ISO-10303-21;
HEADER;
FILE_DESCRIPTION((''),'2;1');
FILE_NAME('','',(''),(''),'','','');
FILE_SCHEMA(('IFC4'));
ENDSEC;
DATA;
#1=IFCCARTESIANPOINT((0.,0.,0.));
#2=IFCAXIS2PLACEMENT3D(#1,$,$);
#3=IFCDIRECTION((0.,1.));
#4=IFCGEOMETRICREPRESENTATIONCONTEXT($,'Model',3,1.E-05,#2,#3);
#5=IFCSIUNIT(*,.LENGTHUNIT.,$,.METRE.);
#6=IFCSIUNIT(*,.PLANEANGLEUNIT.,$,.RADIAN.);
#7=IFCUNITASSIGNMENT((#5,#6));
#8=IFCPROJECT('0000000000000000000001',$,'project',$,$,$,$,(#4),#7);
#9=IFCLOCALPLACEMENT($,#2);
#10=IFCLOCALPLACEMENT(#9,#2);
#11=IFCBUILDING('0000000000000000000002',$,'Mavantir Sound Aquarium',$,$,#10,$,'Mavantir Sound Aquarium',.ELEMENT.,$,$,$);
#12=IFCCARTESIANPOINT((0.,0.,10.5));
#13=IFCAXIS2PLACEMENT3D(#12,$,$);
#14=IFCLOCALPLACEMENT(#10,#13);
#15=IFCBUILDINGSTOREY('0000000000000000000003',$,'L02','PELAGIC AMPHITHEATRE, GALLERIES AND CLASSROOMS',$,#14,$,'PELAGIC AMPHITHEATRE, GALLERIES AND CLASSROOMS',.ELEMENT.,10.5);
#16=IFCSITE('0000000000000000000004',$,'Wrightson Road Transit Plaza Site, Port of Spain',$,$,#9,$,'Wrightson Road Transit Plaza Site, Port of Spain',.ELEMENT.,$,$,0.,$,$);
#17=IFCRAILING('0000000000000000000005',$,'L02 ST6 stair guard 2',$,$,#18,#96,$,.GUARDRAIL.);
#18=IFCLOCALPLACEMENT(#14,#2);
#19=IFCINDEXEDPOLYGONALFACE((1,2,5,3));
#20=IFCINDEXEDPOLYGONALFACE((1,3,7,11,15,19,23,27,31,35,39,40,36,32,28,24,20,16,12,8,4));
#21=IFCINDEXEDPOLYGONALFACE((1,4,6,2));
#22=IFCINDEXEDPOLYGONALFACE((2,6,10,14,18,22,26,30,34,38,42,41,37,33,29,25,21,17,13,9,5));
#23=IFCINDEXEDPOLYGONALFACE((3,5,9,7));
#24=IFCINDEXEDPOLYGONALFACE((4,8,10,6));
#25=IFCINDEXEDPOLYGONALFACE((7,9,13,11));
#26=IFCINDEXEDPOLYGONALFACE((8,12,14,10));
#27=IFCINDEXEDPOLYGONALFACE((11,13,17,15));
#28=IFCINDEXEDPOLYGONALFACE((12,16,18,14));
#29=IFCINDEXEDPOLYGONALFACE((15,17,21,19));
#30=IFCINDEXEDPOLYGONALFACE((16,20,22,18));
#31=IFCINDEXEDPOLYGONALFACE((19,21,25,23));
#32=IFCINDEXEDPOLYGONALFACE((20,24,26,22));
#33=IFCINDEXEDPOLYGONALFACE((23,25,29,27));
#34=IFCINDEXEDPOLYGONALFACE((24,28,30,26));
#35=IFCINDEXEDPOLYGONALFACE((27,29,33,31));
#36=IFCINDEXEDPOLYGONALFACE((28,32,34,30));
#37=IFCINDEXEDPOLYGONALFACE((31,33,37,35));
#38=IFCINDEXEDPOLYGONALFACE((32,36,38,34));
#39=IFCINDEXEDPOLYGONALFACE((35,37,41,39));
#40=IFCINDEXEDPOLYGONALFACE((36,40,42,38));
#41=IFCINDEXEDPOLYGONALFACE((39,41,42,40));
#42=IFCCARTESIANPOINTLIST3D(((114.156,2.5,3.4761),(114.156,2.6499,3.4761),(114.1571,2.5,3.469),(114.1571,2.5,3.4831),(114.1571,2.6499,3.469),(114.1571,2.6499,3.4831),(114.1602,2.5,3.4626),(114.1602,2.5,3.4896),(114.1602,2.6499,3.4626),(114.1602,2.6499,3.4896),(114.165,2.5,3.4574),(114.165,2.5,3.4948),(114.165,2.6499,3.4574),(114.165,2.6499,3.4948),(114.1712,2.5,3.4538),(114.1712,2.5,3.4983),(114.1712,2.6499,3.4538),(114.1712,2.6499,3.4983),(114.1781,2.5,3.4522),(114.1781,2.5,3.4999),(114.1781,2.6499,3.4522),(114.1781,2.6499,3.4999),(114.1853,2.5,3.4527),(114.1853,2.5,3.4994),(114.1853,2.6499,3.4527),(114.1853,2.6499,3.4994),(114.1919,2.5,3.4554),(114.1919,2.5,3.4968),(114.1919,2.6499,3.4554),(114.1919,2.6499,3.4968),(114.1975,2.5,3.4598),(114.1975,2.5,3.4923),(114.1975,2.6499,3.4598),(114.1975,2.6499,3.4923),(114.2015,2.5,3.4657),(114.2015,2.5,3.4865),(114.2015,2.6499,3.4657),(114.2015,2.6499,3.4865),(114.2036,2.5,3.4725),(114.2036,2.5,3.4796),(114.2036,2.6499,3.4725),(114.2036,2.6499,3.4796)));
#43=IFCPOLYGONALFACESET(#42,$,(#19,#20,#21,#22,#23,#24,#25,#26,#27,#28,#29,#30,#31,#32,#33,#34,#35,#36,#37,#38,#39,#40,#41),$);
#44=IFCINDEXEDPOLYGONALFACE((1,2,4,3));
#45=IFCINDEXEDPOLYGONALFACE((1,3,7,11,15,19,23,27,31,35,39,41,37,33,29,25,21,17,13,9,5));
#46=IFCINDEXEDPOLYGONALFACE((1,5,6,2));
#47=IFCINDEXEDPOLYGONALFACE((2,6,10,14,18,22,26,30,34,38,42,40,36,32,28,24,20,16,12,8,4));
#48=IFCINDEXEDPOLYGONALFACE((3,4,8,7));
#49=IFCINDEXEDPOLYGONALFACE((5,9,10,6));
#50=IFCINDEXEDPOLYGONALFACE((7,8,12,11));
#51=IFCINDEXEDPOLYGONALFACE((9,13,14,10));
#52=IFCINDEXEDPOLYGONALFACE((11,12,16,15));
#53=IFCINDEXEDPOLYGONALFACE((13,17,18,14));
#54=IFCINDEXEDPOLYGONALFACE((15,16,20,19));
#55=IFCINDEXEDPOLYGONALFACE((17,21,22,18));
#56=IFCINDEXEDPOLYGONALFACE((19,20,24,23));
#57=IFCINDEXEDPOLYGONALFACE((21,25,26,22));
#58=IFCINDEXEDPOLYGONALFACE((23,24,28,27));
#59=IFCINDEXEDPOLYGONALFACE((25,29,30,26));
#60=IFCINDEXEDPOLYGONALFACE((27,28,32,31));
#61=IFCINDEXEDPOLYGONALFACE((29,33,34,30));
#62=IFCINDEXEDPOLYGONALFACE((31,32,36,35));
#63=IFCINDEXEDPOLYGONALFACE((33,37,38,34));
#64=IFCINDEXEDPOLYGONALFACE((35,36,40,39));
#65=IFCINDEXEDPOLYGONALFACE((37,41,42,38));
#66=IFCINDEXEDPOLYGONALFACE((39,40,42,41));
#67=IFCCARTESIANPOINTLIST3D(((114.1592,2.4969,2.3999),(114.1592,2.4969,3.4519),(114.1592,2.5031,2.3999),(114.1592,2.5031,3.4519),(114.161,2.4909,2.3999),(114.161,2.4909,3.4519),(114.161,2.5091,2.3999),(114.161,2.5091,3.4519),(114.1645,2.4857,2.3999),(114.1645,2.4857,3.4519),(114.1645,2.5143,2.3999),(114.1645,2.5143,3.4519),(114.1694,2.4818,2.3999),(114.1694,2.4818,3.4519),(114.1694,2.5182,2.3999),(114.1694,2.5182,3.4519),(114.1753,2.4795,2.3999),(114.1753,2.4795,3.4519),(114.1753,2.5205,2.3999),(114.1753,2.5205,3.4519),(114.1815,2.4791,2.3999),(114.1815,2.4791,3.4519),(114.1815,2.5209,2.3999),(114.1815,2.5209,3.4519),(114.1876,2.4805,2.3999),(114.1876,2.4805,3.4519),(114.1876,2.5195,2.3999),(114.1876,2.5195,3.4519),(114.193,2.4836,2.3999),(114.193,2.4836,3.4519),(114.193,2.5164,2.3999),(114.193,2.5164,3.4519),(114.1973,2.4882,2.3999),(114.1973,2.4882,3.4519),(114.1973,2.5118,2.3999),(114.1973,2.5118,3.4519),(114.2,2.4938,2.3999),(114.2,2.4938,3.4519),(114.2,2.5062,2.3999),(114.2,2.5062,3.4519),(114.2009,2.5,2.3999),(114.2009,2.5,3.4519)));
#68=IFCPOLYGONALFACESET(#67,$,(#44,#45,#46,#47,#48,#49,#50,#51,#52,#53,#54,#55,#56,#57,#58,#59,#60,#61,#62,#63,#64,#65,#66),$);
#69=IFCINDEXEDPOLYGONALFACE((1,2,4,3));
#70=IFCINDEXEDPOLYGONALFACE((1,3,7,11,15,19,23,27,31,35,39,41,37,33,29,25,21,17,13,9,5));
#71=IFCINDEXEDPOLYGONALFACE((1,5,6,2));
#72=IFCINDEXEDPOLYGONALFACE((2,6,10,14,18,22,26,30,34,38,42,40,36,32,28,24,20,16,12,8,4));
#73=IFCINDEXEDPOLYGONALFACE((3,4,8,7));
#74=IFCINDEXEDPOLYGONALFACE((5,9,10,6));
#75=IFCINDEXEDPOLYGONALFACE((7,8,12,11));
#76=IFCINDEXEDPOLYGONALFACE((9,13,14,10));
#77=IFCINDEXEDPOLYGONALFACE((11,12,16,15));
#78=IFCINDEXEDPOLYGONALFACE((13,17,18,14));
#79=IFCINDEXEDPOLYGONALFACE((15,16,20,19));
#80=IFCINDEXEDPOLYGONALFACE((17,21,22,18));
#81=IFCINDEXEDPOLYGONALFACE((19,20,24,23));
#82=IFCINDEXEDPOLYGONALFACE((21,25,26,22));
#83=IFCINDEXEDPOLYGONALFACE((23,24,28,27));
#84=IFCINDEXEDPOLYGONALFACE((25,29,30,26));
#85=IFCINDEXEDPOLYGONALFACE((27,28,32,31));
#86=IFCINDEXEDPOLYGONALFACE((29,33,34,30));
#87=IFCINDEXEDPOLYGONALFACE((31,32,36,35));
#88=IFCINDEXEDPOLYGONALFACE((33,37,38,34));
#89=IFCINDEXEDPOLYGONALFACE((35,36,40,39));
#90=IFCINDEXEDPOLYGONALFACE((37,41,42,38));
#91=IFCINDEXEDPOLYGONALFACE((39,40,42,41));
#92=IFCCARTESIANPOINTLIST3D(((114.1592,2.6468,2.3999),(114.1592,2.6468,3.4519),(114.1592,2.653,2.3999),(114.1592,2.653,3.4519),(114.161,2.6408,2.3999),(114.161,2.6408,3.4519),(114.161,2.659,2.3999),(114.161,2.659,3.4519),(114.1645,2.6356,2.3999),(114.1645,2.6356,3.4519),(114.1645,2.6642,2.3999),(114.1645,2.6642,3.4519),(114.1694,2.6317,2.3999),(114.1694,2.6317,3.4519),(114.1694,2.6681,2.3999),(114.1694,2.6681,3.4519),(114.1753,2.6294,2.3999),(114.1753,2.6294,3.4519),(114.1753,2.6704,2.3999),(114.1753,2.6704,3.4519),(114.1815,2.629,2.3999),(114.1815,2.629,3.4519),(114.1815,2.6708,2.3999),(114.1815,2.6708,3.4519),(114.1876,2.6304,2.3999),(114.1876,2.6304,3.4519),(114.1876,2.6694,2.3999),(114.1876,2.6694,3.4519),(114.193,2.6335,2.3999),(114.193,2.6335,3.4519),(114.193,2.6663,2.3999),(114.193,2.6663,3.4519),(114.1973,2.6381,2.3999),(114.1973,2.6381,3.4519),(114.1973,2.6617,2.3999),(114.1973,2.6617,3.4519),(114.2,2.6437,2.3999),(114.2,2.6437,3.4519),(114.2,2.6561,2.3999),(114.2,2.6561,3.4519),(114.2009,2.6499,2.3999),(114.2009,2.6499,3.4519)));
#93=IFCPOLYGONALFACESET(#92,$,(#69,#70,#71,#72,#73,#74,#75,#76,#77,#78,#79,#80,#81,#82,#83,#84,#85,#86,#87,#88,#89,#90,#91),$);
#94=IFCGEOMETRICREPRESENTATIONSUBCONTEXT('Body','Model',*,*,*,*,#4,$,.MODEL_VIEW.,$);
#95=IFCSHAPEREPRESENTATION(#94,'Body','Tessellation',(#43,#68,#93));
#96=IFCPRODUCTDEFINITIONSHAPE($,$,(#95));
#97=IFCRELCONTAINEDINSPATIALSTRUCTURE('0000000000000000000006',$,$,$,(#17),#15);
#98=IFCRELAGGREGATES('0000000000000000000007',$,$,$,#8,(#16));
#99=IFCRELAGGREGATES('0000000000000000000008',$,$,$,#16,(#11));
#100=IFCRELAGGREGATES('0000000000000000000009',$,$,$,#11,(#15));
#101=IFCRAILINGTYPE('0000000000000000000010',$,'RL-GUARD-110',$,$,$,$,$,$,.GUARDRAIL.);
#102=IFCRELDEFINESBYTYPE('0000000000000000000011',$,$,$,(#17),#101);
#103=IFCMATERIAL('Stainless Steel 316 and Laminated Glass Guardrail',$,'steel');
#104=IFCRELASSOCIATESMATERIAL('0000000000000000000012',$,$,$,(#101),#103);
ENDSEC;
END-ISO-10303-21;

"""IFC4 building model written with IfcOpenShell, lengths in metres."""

from ifc_helpers import new_model, si_unit, direction, frame, origin, origin_2d, place, context, subcontext, project, spatial, circle, extrude, material, type_object, element, save


model = new_model("IFC4")

# Units and contexts
model_context = context("Model", 3, precision=1e-05, world=origin(), true_north=direction((0.0, 1.0)))
body_context = subcontext(model_context, "Body", "Model", "MODEL_VIEW")
ifc_project = project(units=[si_unit("LENGTHUNIT", "METRE"), si_unit("PLANEANGLEUNIT", "RADIAN")], contexts=[model_context])

# Site, building, storey
site_placement = place(None, origin())
site = spatial("IfcSite", under=ifc_project, at=site_placement, Name="Wrightson Road Transit Plaza Site, Port of Spain", LongName="Wrightson Road Transit Plaza Site, Port of Spain", CompositionType="ELEMENT", RefElevation=0.0)
building_placement = place(site_placement, origin())
building = spatial("IfcBuilding", under=site, at=building_placement, Name="Mavantir Sound Aquarium", LongName="Mavantir Sound Aquarium", CompositionType="ELEMENT")
storey_placement = place(building_placement, frame((0.0, 0.0, 10.5)))
storey = spatial("IfcBuildingStorey", under=building, at=storey_placement, Name="L02", Description="PELAGIC AMPHITHEATRE, GALLERIES AND CLASSROOMS", LongName="PELAGIC AMPHITHEATRE, GALLERIES AND CLASSROOMS", CompositionType="ELEMENT", Elevation=10.5)

# Railing
ifc_material_1 = material(Name="Stainless Steel 316 and Laminated Glass Guardrail", Category="steel")
railing_type_1 = type_object("IfcRailingType", Name="RL-GUARD-110", PredefinedType="GUARDRAIL", material=ifc_material_1)
railing_1_placement = place(storey_placement, frame((114.1799, 2.5, 2.3999)))
element("IfcRailing", 1, at=railing_1_placement, inside=storey, type_object=railing_type_1, Name="L02 ST6 stair guard 2", PredefinedType="GUARDRAIL", context=body_context, shape_type="SweptSolid", body=[
    extrude(circle(Radius=0.0239, at=origin_2d()), frame((0.0, 0.0, 1.0762), z_axis=(0.0, 1.0, 0.0), x_axis=(-1.0, 0.0, 0.0)), (0.0, 0.0, 1.0), 0.1499),
    extrude(circle(Radius=0.021, at=origin_2d()), origin(), (0.0, 0.0, 1.0), 1.052),
    extrude(circle(Radius=0.021, at=origin_2d()), frame((0.0, 0.1499, 0.0)), (0.0, 0.0, 1.0), 1.052),
])

save(model, "model.ifc")
